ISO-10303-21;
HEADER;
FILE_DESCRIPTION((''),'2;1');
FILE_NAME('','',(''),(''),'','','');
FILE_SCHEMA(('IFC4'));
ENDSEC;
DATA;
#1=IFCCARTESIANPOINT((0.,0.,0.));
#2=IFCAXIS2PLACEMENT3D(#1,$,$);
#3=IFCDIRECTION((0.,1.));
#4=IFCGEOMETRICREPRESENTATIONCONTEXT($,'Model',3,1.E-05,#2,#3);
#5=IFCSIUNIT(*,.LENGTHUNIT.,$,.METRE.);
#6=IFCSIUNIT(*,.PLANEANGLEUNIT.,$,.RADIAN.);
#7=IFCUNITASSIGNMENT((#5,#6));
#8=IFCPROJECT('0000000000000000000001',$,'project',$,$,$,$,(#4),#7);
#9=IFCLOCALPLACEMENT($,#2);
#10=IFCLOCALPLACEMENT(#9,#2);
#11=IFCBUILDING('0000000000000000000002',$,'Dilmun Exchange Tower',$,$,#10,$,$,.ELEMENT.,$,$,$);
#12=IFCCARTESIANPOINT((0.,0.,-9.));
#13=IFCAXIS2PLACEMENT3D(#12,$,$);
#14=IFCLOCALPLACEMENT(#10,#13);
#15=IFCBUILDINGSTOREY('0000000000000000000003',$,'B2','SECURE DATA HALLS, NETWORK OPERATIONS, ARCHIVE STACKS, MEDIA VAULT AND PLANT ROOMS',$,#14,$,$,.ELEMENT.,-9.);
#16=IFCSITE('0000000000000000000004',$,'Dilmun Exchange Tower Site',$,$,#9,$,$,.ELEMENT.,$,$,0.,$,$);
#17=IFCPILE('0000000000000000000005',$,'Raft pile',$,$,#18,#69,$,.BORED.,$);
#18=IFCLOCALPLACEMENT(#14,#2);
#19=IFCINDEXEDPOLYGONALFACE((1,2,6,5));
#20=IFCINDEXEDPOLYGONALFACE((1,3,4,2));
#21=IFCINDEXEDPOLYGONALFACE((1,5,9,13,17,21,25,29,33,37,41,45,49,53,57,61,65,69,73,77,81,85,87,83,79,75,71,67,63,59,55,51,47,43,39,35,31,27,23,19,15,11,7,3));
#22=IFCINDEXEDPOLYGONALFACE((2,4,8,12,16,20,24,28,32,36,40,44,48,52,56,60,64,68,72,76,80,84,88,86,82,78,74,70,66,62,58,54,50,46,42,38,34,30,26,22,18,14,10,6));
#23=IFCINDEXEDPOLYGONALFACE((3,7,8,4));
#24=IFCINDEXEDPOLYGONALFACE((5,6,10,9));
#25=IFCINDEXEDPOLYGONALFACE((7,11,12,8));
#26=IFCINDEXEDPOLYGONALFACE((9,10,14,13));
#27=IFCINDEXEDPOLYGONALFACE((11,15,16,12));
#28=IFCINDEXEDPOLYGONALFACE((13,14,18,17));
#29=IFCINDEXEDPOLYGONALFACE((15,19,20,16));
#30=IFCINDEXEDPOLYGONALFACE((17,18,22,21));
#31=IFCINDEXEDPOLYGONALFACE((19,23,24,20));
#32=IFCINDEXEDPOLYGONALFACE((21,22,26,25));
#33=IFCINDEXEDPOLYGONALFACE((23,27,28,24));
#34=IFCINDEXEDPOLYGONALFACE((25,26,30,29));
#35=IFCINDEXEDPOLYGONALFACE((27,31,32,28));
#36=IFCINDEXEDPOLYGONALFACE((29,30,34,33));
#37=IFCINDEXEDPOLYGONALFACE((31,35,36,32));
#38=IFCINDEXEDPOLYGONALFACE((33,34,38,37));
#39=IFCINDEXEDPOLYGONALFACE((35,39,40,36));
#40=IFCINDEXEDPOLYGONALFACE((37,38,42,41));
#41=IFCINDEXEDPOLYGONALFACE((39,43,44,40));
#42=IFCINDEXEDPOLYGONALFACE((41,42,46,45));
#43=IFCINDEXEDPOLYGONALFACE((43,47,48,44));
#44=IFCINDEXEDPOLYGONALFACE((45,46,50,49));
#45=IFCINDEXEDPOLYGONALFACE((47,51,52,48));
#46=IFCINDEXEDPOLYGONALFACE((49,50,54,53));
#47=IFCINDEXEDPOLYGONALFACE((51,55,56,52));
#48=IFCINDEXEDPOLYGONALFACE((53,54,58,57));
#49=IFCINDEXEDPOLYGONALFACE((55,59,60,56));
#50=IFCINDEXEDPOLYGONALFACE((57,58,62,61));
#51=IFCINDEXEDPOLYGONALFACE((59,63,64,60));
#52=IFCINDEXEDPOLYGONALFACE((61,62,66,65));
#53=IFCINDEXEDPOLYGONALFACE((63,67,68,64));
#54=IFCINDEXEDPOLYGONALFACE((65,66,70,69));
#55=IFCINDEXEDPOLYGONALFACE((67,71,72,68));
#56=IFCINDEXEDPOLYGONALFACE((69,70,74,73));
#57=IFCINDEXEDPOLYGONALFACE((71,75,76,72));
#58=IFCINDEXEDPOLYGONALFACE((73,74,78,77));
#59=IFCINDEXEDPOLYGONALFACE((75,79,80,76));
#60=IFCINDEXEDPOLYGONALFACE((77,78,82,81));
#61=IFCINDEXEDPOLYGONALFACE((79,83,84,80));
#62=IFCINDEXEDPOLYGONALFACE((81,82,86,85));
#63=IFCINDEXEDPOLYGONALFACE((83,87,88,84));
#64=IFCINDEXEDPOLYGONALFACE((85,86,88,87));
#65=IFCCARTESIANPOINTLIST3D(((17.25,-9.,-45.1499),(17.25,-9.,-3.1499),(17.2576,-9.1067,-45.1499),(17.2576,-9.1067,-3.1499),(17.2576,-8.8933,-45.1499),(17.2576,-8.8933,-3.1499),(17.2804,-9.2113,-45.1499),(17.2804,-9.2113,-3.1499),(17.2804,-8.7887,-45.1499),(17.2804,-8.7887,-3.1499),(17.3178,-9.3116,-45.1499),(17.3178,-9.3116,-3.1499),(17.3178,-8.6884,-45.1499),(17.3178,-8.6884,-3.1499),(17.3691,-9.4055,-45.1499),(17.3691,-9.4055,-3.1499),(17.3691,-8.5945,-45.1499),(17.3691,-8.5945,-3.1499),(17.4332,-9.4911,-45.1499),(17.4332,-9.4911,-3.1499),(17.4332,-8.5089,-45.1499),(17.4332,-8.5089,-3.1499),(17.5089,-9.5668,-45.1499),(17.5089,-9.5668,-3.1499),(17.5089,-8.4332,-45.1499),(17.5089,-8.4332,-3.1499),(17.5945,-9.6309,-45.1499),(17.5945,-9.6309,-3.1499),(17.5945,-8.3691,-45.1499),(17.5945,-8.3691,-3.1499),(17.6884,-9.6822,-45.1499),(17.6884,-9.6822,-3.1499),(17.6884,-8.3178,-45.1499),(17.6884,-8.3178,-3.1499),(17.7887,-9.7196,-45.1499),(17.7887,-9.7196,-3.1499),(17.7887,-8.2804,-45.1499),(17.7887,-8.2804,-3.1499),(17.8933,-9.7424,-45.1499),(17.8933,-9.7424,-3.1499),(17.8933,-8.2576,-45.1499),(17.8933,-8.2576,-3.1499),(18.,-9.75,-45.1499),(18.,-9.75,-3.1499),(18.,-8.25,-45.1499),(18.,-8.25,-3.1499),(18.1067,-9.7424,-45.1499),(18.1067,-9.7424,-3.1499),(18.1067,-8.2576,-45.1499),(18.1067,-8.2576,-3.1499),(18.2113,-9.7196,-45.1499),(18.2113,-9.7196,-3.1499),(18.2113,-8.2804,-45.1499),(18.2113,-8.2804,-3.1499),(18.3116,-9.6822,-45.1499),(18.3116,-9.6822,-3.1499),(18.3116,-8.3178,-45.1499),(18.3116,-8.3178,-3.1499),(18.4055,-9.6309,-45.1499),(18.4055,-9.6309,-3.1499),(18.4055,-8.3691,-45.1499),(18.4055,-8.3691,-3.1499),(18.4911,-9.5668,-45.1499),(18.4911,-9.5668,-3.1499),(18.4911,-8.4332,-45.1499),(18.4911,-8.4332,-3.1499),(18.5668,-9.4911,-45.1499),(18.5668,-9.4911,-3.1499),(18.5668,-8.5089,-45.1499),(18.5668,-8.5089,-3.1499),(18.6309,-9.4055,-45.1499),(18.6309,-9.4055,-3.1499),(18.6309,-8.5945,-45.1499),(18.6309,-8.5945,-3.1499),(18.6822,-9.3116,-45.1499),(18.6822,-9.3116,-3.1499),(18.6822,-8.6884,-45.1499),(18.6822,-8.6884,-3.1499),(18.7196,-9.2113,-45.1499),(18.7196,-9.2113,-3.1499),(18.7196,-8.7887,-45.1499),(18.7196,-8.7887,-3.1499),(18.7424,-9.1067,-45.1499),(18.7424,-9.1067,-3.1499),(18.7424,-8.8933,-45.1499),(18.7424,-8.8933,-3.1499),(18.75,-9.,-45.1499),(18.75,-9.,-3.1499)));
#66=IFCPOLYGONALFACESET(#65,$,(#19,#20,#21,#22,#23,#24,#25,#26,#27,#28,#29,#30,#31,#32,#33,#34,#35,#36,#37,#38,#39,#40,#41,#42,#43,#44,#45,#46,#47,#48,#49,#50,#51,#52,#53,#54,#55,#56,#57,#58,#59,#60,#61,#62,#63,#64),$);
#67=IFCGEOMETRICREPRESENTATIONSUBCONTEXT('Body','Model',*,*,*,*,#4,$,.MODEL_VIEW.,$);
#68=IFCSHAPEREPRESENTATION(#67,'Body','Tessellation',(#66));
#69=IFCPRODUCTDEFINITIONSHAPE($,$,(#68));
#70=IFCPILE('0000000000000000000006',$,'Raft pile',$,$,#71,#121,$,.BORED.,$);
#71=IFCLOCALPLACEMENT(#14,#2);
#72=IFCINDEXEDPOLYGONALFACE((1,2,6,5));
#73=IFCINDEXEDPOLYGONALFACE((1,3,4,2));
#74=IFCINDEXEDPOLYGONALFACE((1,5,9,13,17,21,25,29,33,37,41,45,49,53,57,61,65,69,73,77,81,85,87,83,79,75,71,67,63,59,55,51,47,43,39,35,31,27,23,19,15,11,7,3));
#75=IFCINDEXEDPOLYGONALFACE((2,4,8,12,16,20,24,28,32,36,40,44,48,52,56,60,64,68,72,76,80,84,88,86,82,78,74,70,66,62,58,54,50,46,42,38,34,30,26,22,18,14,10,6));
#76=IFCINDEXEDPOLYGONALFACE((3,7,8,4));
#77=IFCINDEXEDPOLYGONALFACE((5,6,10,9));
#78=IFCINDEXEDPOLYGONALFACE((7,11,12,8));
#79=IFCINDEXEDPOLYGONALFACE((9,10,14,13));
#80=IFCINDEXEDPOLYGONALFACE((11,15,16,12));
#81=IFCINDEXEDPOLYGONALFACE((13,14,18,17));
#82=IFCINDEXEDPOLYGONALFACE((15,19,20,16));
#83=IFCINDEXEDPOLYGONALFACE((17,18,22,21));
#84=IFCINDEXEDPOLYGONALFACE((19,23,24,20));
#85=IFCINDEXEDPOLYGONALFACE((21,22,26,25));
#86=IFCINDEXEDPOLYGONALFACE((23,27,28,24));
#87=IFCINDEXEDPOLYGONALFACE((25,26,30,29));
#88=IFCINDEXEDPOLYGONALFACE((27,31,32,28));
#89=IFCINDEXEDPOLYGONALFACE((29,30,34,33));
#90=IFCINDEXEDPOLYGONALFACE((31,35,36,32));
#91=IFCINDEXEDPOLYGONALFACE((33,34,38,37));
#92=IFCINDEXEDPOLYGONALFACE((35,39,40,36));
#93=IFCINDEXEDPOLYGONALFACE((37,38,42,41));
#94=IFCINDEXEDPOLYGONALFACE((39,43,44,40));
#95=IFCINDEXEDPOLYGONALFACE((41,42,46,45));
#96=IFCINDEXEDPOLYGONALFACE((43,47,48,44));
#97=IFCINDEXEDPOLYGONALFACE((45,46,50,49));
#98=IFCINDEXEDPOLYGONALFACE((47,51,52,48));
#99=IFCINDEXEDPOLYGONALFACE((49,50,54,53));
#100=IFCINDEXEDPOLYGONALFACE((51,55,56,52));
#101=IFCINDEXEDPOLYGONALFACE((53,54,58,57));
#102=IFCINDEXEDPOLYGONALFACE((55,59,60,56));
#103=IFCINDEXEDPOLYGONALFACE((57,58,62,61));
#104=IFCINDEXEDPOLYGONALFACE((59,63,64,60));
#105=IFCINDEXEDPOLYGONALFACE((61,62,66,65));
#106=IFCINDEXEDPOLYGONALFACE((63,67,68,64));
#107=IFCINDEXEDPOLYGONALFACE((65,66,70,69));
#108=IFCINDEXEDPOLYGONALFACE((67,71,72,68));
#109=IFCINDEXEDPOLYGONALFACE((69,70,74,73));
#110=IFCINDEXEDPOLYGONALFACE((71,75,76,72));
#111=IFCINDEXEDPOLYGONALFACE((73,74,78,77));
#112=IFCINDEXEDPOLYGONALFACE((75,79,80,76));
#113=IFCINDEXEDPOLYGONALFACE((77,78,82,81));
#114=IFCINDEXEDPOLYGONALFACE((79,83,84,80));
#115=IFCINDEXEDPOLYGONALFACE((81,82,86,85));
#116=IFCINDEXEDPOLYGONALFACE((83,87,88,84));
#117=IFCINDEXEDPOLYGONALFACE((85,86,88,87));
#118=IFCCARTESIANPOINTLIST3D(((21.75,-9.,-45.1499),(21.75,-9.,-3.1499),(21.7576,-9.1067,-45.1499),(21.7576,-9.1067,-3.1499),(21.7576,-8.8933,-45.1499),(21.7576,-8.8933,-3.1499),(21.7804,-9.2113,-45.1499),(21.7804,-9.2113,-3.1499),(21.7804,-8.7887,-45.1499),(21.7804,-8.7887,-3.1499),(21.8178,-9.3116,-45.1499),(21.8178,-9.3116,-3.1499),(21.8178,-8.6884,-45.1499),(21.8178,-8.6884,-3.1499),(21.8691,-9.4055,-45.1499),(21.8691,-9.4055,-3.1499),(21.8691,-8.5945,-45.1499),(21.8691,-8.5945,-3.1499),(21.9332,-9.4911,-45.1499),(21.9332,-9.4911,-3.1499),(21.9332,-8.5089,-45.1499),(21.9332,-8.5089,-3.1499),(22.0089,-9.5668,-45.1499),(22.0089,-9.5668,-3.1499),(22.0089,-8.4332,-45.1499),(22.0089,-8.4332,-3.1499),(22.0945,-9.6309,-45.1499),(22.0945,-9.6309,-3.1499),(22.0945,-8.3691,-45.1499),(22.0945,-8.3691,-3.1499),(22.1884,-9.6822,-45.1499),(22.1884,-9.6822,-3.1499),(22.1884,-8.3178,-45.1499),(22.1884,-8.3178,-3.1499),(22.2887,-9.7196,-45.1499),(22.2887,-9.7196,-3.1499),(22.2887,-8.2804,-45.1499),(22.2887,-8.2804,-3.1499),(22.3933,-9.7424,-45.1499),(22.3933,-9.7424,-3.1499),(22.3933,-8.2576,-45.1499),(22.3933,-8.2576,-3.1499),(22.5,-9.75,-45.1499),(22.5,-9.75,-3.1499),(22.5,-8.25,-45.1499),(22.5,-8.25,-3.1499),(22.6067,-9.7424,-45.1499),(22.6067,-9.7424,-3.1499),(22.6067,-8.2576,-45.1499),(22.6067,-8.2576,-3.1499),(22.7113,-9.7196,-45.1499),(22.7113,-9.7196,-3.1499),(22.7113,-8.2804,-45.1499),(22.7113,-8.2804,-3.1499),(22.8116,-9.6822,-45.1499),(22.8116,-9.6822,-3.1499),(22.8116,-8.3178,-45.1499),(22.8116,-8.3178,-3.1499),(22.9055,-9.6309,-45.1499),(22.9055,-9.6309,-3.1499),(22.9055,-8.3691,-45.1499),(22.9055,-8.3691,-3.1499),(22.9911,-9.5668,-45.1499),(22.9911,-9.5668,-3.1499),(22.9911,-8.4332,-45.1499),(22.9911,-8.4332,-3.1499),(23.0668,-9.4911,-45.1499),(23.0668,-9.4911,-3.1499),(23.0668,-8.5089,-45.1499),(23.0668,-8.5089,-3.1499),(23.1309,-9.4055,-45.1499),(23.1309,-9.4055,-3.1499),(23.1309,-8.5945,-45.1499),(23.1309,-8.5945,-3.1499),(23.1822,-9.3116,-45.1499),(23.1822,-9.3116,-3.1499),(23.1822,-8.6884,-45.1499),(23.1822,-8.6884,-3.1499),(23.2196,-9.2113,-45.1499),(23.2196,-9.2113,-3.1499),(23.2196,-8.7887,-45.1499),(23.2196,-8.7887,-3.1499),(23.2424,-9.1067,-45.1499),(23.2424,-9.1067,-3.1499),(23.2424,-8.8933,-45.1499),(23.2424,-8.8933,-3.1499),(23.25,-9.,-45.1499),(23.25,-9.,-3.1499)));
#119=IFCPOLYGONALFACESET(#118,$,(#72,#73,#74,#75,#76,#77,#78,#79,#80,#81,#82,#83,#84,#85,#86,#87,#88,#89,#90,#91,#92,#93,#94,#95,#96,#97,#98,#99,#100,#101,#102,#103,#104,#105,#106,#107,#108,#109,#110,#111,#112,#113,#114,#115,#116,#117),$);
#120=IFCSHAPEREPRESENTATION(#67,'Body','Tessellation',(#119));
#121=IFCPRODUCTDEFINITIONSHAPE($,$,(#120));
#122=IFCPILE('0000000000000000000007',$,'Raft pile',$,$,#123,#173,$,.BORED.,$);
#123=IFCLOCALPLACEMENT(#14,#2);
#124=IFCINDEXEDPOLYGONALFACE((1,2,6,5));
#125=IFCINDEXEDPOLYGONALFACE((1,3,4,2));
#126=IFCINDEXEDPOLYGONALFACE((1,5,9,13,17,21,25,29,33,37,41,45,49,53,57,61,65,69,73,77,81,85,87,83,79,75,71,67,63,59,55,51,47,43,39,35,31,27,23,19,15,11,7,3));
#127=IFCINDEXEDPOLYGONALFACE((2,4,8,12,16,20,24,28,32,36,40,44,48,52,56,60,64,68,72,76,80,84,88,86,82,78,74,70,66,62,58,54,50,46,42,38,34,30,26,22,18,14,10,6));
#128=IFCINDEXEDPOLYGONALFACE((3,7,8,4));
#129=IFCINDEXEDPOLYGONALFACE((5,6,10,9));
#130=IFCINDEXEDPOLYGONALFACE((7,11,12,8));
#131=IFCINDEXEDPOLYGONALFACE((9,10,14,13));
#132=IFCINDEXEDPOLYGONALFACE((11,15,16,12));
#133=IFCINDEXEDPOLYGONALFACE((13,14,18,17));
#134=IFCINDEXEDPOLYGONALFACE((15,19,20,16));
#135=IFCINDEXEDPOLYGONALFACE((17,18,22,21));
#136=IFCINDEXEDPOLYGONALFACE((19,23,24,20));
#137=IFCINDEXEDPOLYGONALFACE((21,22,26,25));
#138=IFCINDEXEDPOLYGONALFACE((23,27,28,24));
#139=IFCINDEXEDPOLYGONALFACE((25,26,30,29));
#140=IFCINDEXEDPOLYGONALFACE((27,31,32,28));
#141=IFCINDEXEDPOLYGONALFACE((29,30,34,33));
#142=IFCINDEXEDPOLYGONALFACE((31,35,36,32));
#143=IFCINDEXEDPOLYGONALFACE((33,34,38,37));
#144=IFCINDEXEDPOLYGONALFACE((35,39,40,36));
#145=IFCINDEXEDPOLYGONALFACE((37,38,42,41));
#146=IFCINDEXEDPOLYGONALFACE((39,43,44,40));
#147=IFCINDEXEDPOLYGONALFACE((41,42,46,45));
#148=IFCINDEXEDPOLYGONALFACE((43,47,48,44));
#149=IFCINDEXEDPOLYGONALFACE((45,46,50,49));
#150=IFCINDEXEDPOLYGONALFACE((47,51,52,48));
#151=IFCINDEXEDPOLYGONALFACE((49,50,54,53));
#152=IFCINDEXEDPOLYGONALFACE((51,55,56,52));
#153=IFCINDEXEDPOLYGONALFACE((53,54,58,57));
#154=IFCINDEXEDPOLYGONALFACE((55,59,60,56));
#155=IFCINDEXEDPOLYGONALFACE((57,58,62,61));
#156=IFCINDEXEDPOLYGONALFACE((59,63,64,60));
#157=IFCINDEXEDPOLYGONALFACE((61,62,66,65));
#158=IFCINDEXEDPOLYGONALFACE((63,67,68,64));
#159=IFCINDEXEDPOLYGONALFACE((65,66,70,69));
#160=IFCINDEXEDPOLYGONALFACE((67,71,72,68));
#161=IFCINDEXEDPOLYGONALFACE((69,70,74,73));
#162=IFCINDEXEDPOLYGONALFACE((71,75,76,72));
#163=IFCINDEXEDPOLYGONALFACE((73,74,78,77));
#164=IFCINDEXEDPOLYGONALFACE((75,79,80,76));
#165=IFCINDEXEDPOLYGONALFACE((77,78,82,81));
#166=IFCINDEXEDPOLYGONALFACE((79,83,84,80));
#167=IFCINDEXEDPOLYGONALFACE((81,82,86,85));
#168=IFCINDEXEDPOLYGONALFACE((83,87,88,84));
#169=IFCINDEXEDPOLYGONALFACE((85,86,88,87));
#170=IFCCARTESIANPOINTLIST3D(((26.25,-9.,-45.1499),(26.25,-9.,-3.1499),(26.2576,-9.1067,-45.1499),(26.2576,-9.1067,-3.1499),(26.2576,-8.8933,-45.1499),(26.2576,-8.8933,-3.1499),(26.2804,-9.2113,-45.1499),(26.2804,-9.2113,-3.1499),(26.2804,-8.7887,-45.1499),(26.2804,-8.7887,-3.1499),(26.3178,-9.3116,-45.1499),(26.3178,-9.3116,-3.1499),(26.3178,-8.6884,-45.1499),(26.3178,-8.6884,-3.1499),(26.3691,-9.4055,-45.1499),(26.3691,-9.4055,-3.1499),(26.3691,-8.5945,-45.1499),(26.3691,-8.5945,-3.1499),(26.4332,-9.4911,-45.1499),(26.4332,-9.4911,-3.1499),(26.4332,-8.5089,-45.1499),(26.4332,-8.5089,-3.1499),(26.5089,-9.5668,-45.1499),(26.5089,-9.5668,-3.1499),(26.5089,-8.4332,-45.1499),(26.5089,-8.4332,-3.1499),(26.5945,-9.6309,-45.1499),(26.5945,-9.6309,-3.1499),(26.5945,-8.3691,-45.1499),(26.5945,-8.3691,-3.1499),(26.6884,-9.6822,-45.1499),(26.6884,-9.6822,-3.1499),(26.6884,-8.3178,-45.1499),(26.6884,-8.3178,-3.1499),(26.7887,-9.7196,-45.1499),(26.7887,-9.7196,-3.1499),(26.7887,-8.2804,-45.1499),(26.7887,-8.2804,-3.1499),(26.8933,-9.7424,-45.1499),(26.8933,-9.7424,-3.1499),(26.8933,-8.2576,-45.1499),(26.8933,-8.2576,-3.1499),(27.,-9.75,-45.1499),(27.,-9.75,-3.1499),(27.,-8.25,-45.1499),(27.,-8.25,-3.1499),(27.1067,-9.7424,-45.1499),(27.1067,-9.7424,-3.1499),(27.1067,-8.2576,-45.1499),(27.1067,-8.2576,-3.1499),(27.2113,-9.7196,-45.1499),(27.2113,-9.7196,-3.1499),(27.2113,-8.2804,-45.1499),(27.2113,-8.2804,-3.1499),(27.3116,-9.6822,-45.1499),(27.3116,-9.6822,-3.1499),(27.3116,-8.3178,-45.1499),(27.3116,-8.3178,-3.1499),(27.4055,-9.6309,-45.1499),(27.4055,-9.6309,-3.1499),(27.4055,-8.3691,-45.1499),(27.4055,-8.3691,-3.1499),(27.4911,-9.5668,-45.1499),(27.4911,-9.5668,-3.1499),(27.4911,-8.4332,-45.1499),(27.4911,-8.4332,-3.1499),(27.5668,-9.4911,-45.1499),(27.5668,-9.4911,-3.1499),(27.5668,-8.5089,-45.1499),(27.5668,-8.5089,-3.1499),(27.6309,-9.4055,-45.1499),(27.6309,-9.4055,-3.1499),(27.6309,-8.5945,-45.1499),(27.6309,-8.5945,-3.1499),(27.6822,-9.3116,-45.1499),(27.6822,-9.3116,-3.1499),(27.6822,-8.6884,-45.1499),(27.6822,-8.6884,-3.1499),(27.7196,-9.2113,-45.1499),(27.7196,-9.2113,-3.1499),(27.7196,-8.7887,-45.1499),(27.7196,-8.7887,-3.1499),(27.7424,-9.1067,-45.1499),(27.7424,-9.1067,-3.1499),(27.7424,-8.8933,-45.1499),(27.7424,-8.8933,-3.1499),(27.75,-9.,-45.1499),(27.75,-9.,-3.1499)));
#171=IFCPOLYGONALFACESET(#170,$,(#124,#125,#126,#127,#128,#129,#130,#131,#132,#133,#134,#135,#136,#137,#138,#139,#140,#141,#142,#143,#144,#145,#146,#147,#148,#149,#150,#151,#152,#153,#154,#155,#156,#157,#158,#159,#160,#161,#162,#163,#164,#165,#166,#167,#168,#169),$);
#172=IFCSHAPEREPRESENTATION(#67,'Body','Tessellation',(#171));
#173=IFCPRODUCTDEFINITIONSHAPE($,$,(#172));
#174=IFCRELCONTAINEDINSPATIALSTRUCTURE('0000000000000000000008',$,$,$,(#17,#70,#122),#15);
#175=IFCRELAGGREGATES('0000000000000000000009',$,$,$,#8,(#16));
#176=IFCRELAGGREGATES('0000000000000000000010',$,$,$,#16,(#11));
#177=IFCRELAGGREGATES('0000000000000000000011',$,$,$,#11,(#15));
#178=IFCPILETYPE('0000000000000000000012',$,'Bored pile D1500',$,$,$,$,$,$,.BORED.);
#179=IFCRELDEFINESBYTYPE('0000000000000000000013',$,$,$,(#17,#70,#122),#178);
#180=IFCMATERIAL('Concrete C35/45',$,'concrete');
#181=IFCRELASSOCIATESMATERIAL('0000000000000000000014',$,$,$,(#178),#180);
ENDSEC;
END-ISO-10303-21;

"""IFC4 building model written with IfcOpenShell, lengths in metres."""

from ifc_helpers import new_model, si_unit, direction, frame, origin, origin_2d, place, context, subcontext, project, spatial, circle, extrude, material, material_profile, profile_set, type_object, element, save


model = new_model("IFC4")

# Units and contexts
model_context = context("Model", 3, precision=1e-05, world=origin(), true_north=direction((0.0, 1.0)))
body_context = subcontext(model_context, "Body", "Model", "MODEL_VIEW")
ifc_project = project(units=[si_unit("LENGTHUNIT", "METRE"), si_unit("PLANEANGLEUNIT", "RADIAN")], contexts=[model_context])

# Site, building, storey
site_placement = place(None, origin())
site = spatial("IfcSite", under=ifc_project, at=site_placement, Name="Dilmun Exchange Tower Site", CompositionType="ELEMENT", RefElevation=0.0)
building_placement = place(site_placement, origin())
building = spatial("IfcBuilding", under=site, at=building_placement, Name="Dilmun Exchange Tower", CompositionType="ELEMENT")
storey_placement = place(building_placement, frame((0.0, 0.0, -9.0)))
storey = spatial("IfcBuildingStorey", under=building, at=storey_placement, Name="B2", Description="SECURE DATA HALLS, NETWORK OPERATIONS, ARCHIVE STACKS, MEDIA VAULT AND PLANT ROOMS", CompositionType="ELEMENT", Elevation=-9.0)

# Piles
ifc_material_1 = material(Name="Concrete C35/45", Category="concrete")
ifc_material_profile_1 = material_profile(ifc_material_1, circle(Radius=0.75, at=origin_2d()), Name="D1500")
ifc_profile_set_1 = profile_set([ifc_material_profile_1], Name="Concrete C35/45")
pile_type = type_object("IfcPileType", Name="Bored pile D1500", PredefinedType="BORED", material=ifc_profile_set_1)
for number, where, z_axis, x_axis, name in (
    (1, (18.0, -9.0, -3.1499), (0.0, 0.0, -1.0), (1.0, 0.0, 0.0), "Raft pile"),
    (2, (22.5, -9.0, -3.1499), (0.0, 0.0, -1.0), (1.0, 0.0, 0.0), "Raft pile"),
    (3, (27.0, -9.0, -3.1499), (0.0, 0.0, -1.0), (1.0, 0.0, 0.0), "Raft pile"),
):
    element("IfcPile", number, at=place(storey_placement, frame(where, z_axis=z_axis, x_axis=x_axis)), inside=storey, type_object=pile_type, Name=name, PredefinedType="BORED", context=body_context, shape_type="SweptSolid", body=[
        extrude(circle(Radius=0.75, at=origin_2d()), origin(), (0.0, 0.0, 1.0), 42.0),
    ])

save(model, "model.ifc")
